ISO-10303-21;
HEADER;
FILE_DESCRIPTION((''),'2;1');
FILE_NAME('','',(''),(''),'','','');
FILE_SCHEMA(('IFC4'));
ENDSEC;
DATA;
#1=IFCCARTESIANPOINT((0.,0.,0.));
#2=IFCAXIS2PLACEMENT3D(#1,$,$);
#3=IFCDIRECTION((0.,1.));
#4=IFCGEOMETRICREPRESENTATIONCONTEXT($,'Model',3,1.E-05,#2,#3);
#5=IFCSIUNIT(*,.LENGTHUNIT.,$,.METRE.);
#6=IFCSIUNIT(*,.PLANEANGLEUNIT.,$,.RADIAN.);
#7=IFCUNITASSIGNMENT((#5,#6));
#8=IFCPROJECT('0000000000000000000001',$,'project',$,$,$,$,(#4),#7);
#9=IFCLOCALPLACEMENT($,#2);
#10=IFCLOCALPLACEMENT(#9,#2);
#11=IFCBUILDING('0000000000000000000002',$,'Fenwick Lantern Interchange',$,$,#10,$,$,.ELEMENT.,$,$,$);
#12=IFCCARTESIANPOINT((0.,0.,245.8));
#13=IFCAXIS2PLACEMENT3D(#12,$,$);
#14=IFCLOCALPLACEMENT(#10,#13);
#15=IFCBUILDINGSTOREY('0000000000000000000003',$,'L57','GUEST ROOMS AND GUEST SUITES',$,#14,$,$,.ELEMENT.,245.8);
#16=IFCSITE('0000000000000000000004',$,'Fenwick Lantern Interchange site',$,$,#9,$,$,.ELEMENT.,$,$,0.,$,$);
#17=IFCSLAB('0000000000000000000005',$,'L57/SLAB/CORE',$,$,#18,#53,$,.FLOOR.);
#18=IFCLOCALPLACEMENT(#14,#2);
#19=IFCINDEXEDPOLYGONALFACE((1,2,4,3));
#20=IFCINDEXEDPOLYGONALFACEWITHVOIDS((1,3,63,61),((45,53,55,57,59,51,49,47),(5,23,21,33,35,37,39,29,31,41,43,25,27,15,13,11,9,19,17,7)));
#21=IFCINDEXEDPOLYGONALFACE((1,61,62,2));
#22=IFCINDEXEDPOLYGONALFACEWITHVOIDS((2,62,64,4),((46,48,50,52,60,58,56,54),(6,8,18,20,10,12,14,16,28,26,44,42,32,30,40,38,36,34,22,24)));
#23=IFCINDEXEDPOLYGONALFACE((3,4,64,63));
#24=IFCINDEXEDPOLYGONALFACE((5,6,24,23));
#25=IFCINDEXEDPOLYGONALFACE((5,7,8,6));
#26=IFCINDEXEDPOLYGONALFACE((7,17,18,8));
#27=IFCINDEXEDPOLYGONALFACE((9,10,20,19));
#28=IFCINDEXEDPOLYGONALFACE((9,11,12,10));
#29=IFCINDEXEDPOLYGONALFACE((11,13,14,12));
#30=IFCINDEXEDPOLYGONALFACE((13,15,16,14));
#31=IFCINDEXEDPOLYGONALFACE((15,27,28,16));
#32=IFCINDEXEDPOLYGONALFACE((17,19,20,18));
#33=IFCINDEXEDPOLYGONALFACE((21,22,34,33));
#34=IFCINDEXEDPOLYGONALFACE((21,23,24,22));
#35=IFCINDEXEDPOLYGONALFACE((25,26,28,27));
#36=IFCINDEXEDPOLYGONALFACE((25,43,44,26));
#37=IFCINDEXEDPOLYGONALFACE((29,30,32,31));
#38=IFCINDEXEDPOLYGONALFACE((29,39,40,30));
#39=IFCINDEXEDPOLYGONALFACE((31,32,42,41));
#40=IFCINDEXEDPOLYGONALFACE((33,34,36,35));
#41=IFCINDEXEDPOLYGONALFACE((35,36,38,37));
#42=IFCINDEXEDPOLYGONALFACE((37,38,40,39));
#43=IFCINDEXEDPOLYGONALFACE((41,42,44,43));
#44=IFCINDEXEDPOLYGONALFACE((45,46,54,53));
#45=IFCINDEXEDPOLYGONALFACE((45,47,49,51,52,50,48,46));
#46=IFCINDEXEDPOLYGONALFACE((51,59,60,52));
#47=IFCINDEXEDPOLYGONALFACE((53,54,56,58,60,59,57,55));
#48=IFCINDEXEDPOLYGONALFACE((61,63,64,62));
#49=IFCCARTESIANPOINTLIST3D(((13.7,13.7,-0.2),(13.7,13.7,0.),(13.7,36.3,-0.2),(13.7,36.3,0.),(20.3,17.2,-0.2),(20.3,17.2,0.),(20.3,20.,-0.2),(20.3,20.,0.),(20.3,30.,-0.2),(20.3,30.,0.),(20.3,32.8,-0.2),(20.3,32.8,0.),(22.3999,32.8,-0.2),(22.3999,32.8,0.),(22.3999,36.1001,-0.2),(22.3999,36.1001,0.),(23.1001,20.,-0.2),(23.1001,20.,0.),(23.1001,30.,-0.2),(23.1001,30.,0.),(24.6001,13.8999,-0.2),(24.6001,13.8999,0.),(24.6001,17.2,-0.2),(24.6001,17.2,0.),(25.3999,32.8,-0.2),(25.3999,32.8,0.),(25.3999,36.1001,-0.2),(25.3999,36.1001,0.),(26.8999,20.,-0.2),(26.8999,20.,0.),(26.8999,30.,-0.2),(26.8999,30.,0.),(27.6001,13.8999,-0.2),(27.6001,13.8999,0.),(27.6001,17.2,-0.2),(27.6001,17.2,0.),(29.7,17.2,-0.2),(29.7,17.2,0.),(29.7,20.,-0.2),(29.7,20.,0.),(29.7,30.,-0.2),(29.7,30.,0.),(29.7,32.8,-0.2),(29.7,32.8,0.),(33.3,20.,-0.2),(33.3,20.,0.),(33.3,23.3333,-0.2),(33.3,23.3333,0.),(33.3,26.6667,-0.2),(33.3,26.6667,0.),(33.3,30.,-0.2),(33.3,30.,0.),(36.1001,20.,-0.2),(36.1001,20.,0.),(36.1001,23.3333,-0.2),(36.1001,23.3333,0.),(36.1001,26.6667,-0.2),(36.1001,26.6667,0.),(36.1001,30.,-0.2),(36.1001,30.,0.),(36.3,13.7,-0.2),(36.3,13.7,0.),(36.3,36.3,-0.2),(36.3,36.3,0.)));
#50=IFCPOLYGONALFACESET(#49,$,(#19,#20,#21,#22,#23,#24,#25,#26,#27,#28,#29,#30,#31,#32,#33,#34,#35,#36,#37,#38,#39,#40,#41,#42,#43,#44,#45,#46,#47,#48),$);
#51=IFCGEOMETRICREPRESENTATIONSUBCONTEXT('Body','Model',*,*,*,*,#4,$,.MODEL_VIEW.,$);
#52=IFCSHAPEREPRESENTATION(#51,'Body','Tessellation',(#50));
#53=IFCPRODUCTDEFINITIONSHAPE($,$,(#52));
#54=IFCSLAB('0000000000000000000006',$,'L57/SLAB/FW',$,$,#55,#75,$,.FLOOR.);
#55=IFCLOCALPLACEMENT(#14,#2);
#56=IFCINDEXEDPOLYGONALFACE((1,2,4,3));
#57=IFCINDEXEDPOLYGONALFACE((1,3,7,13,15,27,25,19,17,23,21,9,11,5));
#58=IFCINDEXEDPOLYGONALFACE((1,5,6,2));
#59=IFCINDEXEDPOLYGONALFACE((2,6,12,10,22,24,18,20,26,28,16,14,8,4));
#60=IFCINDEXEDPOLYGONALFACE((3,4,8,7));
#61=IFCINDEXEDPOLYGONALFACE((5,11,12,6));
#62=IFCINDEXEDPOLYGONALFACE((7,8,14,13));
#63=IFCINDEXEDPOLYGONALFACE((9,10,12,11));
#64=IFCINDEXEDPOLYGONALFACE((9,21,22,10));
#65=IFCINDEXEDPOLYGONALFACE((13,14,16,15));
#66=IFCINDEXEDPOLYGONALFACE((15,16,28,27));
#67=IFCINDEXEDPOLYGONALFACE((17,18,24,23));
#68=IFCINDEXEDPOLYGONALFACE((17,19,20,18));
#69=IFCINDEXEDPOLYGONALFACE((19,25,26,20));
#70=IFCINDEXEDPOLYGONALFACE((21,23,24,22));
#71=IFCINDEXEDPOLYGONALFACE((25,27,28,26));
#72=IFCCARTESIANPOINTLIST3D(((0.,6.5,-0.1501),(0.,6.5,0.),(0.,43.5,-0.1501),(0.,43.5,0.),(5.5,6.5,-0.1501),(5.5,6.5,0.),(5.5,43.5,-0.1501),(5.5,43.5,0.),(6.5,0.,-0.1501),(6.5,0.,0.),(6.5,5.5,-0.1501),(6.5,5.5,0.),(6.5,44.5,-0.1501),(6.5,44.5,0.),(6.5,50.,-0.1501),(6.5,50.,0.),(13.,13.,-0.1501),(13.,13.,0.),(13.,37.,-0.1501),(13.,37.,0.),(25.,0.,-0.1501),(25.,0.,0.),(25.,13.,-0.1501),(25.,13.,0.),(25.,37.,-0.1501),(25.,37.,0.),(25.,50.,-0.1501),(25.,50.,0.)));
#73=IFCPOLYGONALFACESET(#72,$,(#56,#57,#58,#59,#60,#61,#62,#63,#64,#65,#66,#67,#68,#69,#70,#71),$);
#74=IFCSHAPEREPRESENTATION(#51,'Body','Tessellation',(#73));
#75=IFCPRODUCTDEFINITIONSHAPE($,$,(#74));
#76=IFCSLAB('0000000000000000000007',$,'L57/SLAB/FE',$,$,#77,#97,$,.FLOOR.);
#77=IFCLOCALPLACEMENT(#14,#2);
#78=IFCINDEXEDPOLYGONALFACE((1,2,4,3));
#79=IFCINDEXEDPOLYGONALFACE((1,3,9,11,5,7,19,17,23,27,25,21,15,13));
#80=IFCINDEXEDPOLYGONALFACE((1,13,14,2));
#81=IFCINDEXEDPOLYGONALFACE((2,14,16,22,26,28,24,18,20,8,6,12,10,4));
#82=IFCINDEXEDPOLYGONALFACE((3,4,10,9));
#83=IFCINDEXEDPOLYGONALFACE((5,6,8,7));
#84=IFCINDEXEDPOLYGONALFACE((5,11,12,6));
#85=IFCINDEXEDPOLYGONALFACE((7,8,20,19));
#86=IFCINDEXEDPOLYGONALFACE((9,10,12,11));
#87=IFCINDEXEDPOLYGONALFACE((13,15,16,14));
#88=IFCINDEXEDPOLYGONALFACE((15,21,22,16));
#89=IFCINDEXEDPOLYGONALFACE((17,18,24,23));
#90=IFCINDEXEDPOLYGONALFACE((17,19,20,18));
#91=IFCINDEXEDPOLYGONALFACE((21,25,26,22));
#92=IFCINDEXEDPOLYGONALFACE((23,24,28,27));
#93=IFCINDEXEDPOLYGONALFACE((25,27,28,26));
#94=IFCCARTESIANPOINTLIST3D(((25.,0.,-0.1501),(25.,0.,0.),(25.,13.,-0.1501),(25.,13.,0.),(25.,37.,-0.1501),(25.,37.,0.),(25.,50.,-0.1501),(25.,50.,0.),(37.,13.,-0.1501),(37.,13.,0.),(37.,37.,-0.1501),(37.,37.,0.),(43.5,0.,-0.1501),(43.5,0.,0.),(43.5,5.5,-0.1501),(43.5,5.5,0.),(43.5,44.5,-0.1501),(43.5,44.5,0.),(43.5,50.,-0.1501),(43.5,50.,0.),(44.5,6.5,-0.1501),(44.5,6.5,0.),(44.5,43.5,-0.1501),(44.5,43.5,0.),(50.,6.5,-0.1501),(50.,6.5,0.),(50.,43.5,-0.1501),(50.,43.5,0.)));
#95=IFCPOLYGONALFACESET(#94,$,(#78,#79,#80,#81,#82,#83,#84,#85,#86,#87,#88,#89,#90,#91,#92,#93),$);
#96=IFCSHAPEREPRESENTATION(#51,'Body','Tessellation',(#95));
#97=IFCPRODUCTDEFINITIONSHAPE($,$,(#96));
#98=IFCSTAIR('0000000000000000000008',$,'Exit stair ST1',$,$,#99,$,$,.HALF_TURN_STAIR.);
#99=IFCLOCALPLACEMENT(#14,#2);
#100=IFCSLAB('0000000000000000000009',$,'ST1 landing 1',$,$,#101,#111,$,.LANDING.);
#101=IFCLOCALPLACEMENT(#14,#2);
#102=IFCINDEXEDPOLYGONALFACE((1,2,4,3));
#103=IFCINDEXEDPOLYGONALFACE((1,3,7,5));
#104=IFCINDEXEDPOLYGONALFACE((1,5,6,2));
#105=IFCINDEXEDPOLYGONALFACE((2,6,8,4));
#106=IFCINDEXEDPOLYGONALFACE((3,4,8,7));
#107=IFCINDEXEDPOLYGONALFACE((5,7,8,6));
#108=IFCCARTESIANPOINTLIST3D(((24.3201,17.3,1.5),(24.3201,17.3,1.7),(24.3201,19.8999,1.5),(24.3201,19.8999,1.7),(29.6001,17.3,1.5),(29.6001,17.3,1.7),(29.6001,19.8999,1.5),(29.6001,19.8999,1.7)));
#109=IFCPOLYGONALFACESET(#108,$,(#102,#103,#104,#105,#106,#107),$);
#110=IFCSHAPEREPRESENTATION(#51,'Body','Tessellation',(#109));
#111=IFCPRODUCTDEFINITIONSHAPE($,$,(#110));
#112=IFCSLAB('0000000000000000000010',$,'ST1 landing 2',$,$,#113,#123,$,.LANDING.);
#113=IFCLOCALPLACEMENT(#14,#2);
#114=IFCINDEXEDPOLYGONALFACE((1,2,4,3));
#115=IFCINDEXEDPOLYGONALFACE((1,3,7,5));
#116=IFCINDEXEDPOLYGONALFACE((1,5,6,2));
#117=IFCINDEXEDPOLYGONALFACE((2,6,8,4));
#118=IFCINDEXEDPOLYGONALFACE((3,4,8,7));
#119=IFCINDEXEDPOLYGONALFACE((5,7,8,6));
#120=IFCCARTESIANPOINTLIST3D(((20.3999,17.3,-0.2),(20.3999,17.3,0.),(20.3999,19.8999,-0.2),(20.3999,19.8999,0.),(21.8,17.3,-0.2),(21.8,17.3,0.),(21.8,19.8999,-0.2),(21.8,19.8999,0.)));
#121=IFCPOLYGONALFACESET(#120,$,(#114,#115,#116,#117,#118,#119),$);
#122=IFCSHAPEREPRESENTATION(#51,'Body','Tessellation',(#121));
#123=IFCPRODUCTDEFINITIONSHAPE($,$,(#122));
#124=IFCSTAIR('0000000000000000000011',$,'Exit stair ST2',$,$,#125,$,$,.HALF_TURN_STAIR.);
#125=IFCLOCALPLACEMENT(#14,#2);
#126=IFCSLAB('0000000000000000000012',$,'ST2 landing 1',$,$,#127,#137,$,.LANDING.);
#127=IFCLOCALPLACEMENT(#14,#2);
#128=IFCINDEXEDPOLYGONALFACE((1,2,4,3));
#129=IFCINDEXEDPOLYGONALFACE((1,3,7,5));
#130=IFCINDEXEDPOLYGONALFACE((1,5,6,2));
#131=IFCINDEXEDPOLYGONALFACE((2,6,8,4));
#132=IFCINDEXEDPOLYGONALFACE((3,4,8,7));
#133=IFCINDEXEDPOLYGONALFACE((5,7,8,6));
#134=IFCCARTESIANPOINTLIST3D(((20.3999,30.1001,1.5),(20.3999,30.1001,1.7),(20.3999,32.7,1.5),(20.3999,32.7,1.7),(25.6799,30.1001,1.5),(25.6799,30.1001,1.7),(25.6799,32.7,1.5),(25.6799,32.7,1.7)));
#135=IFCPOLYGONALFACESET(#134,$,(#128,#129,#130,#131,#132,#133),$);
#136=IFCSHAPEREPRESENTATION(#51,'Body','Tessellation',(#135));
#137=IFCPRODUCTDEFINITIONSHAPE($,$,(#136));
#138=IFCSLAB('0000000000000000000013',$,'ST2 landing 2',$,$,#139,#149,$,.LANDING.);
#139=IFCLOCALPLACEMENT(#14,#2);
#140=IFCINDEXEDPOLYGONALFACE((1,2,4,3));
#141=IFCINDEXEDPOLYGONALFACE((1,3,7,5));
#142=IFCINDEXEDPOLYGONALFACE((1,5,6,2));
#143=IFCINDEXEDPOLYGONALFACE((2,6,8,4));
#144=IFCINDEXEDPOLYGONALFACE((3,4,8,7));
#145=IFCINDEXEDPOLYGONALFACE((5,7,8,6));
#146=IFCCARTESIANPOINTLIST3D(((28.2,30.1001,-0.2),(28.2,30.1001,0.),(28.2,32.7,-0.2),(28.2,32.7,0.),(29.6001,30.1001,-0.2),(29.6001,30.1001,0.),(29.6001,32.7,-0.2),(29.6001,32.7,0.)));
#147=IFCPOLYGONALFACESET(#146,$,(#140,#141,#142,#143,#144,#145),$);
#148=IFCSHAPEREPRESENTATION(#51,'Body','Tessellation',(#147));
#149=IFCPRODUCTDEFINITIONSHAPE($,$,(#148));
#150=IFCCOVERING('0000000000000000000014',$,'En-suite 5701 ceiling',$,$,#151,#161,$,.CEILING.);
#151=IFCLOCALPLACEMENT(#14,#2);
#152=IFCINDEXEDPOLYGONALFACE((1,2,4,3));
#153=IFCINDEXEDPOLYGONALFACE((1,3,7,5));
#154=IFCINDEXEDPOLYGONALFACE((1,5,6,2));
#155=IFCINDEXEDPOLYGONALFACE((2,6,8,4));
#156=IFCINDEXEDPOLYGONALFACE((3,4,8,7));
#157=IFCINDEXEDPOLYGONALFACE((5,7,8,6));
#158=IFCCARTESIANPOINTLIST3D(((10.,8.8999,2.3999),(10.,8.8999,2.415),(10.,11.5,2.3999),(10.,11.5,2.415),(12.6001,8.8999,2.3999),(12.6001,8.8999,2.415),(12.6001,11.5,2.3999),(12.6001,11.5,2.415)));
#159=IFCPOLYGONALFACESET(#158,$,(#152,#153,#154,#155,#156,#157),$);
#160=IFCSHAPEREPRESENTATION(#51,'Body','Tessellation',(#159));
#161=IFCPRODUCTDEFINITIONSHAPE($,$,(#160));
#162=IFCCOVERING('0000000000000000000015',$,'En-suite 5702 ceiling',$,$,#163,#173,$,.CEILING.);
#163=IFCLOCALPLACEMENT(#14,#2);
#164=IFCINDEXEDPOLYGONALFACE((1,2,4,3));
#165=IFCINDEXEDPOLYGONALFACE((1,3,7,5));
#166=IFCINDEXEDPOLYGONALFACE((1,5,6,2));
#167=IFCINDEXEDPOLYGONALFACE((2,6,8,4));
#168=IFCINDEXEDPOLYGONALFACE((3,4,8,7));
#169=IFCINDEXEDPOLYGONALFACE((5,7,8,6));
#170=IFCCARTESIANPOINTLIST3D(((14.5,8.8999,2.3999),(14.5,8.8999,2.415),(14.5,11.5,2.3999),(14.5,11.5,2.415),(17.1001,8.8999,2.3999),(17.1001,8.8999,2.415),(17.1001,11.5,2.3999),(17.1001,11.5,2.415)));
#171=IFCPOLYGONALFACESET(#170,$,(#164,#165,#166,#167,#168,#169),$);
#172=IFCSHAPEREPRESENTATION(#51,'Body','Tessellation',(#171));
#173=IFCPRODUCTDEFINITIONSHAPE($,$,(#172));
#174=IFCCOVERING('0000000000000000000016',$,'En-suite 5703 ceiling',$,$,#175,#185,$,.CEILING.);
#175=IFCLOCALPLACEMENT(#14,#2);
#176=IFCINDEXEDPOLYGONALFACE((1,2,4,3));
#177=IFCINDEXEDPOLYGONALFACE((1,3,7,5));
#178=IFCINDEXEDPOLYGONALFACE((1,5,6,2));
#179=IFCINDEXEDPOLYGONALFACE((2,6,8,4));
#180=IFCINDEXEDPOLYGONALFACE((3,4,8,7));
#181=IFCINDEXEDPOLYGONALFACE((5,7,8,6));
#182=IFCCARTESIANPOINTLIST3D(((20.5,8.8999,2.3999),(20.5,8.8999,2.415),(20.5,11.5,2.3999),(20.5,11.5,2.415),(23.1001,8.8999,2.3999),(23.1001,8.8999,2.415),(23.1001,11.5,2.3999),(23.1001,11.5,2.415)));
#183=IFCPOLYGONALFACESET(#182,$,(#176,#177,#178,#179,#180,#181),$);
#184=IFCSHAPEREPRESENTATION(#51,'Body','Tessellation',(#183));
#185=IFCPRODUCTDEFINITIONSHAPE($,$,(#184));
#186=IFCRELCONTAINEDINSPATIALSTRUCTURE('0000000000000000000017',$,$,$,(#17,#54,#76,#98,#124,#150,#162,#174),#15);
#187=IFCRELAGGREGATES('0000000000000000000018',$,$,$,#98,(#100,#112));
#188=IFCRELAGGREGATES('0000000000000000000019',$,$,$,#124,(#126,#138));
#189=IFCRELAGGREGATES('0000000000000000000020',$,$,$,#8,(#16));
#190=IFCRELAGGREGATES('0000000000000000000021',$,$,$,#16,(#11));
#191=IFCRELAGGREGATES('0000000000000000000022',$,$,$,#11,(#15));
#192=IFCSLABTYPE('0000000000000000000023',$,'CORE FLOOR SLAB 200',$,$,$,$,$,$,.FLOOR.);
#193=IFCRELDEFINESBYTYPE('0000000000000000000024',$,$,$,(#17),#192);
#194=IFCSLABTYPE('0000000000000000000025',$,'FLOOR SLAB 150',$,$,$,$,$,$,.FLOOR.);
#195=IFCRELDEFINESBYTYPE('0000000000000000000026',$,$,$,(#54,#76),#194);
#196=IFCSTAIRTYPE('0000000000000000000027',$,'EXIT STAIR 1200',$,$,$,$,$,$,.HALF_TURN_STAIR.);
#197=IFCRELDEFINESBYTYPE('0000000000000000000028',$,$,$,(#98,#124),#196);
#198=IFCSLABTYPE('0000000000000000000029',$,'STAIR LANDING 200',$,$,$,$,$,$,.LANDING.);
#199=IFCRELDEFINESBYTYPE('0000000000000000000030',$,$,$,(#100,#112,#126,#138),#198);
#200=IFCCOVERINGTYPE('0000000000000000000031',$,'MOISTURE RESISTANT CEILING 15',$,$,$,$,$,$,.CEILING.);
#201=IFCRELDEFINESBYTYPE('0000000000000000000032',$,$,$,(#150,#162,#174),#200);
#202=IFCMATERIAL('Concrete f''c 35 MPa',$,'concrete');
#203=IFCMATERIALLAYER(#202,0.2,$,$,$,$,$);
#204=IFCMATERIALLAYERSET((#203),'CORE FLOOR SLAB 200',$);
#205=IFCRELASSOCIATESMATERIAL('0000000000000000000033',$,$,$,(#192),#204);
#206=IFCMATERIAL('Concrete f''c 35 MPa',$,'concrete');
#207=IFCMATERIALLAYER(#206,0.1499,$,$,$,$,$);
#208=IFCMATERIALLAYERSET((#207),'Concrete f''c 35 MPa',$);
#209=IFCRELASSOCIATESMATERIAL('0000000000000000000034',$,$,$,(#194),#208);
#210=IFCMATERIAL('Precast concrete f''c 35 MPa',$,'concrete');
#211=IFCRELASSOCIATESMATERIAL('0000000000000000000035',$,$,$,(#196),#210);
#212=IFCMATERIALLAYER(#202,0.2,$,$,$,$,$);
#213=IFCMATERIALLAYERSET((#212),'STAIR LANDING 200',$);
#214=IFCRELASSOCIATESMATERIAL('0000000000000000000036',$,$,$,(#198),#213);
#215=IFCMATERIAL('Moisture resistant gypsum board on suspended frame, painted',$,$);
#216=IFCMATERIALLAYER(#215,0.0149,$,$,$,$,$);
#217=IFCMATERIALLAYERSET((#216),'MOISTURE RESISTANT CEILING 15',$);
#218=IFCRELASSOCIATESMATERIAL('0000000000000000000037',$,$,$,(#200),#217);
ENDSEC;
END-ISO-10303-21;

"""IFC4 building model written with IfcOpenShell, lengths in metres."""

from ifc_helpers import new_model, si_unit, direction, frame, origin, place, context, subcontext, project, spatial, polyline, outline, extrude, material, layer, layer_set, type_object, element, aggregate, save


model = new_model("IFC4")

# Units and contexts
model_context = context("Model", 3, precision=1e-05, world=origin(), true_north=direction((0.0, 1.0)))
body_context = subcontext(model_context, "Body", "Model", "MODEL_VIEW")
ifc_project = project(units=[si_unit("LENGTHUNIT", "METRE"), si_unit("PLANEANGLEUNIT", "RADIAN")], contexts=[model_context])

# Site, building, storey
site_placement = place(None, origin())
site = spatial("IfcSite", under=ifc_project, at=site_placement, Name="Fenwick Lantern Interchange site", CompositionType="ELEMENT", RefElevation=0.0)
building_placement = place(site_placement, origin())
building = spatial("IfcBuilding", under=site, at=building_placement, Name="Fenwick Lantern Interchange", CompositionType="ELEMENT")
storey_placement = place(building_placement, frame((0.0, 0.0, 245.8)))
storey = spatial("IfcBuildingStorey", under=building, at=storey_placement, Name="L57", Description="GUEST ROOMS AND GUEST SUITES", CompositionType="ELEMENT", Elevation=245.8)

# Slabs
ifc_material_1 = material(Name="Concrete f'c 35 MPa", Category="concrete")
ifc_layer_1 = layer(ifc_material_1, 0.2)
ifc_layer_set_1 = layer_set([ifc_layer_1], Name="CORE FLOOR SLAB 200")
slab_type_1 = type_object("IfcSlabType", Name="CORE FLOOR SLAB 200", PredefinedType="FLOOR", material=ifc_layer_set_1)
slab_1_placement = place(storey_placement, frame((0.0, 0.0, -0.2)))
element("IfcSlab", 1, at=slab_1_placement, inside=storey, type_object=slab_type_1, Name="L57/SLAB/CORE", PredefinedType="FLOOR", context=body_context, shape_type="SweptSolid", body=[
    extrude(outline(polyline([(13.7, 36.3), (36.3, 36.3), (36.3, 13.7), (13.7, 13.7), (13.7, 36.3)]), holes=[polyline([(24.6001, 13.8999), (27.6001, 13.8999), (27.6001, 17.2), (29.7, 17.2), (29.7, 20.0), (26.8999, 20.0), (26.8999, 30.0), (29.7, 30.0), (29.7, 32.8), (25.3999, 32.8), (25.3999, 36.1001), (22.3999, 36.1001), (22.3999, 32.8), (20.3, 32.8), (20.3, 30.0), (23.1001, 30.0), (23.1001, 20.0), (20.3, 20.0), (20.3, 17.2), (24.6001, 17.2), (24.6001, 13.8999)]), polyline([(33.3, 20.0), (36.1001, 20.0), (36.1001, 23.3333), (36.1001, 26.6667), (36.1001, 30.0), (33.3, 30.0), (33.3, 26.6667), (33.3, 23.3333), (33.3, 20.0)])]), origin(), (0.0, 0.0, 1.0), 0.2),
])
ifc_material_2 = material(Name="Concrete f'c 35 MPa", Category="concrete")
ifc_layer_2 = layer(ifc_material_2, 0.1499)
ifc_layer_set_2 = layer_set([ifc_layer_2], Name="Concrete f'c 35 MPa")
slab_type_2 = type_object("IfcSlabType", Name="FLOOR SLAB 150", PredefinedType="FLOOR", material=ifc_layer_set_2)
slab_2_placement = place(storey_placement, frame((0.0, 0.0, -0.1501)))
element("IfcSlab", 2, at=slab_2_placement, inside=storey, type_object=slab_type_2, Name="L57/SLAB/FW", PredefinedType="FLOOR", context=body_context, shape_type="SweptSolid", body=[
    extrude(outline(polyline([(6.5, 0.0), (6.5, 5.5), (5.5, 6.5), (0.0, 6.5), (0.0, 43.5), (5.5, 43.5), (6.5, 44.5), (6.5, 50.0), (25.0, 50.0), (25.0, 37.0), (13.0, 37.0), (13.0, 13.0), (25.0, 13.0), (25.0, 0.0), (6.5, 0.0)])), origin(), (0.0, 0.0, 1.0), 0.1501),
])
slab_3_placement = place(storey_placement, frame((0.0, 0.0, -0.1501)))
element("IfcSlab", 3, at=slab_3_placement, inside=storey, type_object=slab_type_2, Name="L57/SLAB/FE", PredefinedType="FLOOR", context=body_context, shape_type="SweptSolid", body=[
    extrude(outline(polyline([(43.5, 50.0), (43.5, 44.5), (44.5, 43.5), (50.0, 43.5), (50.0, 6.5), (44.5, 6.5), (43.5, 5.5), (43.5, 0.0), (25.0, 0.0), (25.0, 13.0), (37.0, 13.0), (37.0, 37.0), (25.0, 37.0), (25.0, 50.0), (43.5, 50.0)])), origin(), (0.0, 0.0, 1.0), 0.1501),
])

# Stairs, slabs
ifc_material_3 = material(Name="Precast concrete f'c 35 MPa", Category="concrete")
stair_type = type_object("IfcStairType", Name="EXIT STAIR 1200", PredefinedType="HALF_TURN_STAIR", material=ifc_material_3)
stair_1_placement = place(storey_placement, origin())
stair_1 = element("IfcStair", 4, at=stair_1_placement, inside=storey, type_object=stair_type, Name="Exit stair ST1", PredefinedType="HALF_TURN_STAIR")
ifc_layer_3 = layer(ifc_material_1, 0.2)
ifc_layer_set_3 = layer_set([ifc_layer_3], Name="STAIR LANDING 200")
slab_type_3 = type_object("IfcSlabType", Name="STAIR LANDING 200", PredefinedType="LANDING", material=ifc_layer_set_3)
slab_4_placement = place(storey_placement, frame((0.0, 0.0, 1.5)))
slab_4 = element("IfcSlab", 5, at=slab_4_placement, type_object=slab_type_3, Name="ST1 landing 1", PredefinedType="LANDING", context=body_context, shape_type="SweptSolid", body=[
    extrude(outline(polyline([(24.3201, 17.3), (29.6001, 17.3), (29.6001, 19.8999), (24.3201, 19.8999), (24.3201, 17.3)])), origin(), (0.0, 0.0, 1.0), 0.2),
])
slab_5_placement = place(storey_placement, frame((0.0, 0.0, -0.2)))
slab_5 = element("IfcSlab", 6, at=slab_5_placement, type_object=slab_type_3, Name="ST1 landing 2", PredefinedType="LANDING", context=body_context, shape_type="SweptSolid", body=[
    extrude(outline(polyline([(20.3999, 17.3), (21.8, 17.3), (21.8, 19.8999), (20.3999, 19.8999), (20.3999, 17.3)])), origin(), (0.0, 0.0, 1.0), 0.2),
])
aggregate(stair_1, [slab_4, slab_5])
stair_2_placement = place(storey_placement, origin())
stair_2 = element("IfcStair", 7, at=stair_2_placement, inside=storey, type_object=stair_type, Name="Exit stair ST2", PredefinedType="HALF_TURN_STAIR")
slab_6_placement = place(storey_placement, frame((0.0, 0.0, 1.5)))
slab_6 = element("IfcSlab", 8, at=slab_6_placement, type_object=slab_type_3, Name="ST2 landing 1", PredefinedType="LANDING", context=body_context, shape_type="SweptSolid", body=[
    extrude(outline(polyline([(25.6799, 32.7), (20.3999, 32.7), (20.3999, 30.1001), (25.6799, 30.1001), (25.6799, 32.7)])), origin(), (0.0, 0.0, 1.0), 0.2),
])
slab_7_placement = place(storey_placement, frame((0.0, 0.0, -0.2)))
slab_7 = element("IfcSlab", 9, at=slab_7_placement, type_object=slab_type_3, Name="ST2 landing 2", PredefinedType="LANDING", context=body_context, shape_type="SweptSolid", body=[
    extrude(outline(polyline([(29.6001, 32.7), (28.2, 32.7), (28.2, 30.1001), (29.6001, 30.1001), (29.6001, 32.7)])), origin(), (0.0, 0.0, 1.0), 0.2),
])
aggregate(stair_2, [slab_6, slab_7])

# Coverings
ifc_material_4 = material(Name="Moisture resistant gypsum board on suspended frame, painted")
ifc_layer_4 = layer(ifc_material_4, 0.0149)
ifc_layer_set_4 = layer_set([ifc_layer_4], Name="MOISTURE RESISTANT CEILING 15")
covering_type_1 = type_object("IfcCoveringType", Name="MOISTURE RESISTANT CEILING 15", PredefinedType="CEILING", material=ifc_layer_set_4)
covering_1_placement = place(storey_placement, frame((0.0, 0.0, 2.3999)))
element("IfcCovering", 10, at=covering_1_placement, inside=storey, type_object=covering_type_1, Name="En-suite 5701 ceiling", PredefinedType="CEILING", context=body_context, shape_type="SweptSolid", body=[
    extrude(outline(polyline([(10.0, 8.8999), (12.6001, 8.8999), (12.6001, 11.5), (10.0, 11.5), (10.0, 8.8999)])), origin(), (0.0, 0.0, 1.0), 0.0151),
])
covering_2_placement = place(storey_placement, frame((0.0, 0.0, 2.3999)))
element("IfcCovering", 11, at=covering_2_placement, inside=storey, type_object=covering_type_1, Name="En-suite 5702 ceiling", PredefinedType="CEILING", context=body_context, shape_type="SweptSolid", body=[
    extrude(outline(polyline([(14.5, 8.8999), (17.1001, 8.8999), (17.1001, 11.5), (14.5, 11.5), (14.5, 8.8999)])), origin(), (0.0, 0.0, 1.0), 0.0151),
])
covering_3_placement = place(storey_placement, frame((0.0, 0.0, 2.3999)))
element("IfcCovering", 12, at=covering_3_placement, inside=storey, type_object=covering_type_1, Name="En-suite 5703 ceiling", PredefinedType="CEILING", context=body_context, shape_type="SweptSolid", body=[
    extrude(outline(polyline([(20.5, 8.8999), (23.1001, 8.8999), (23.1001, 11.5), (20.5, 11.5), (20.5, 8.8999)])), origin(), (0.0, 0.0, 1.0), 0.0151),
])

save(model, "model.ifc")
